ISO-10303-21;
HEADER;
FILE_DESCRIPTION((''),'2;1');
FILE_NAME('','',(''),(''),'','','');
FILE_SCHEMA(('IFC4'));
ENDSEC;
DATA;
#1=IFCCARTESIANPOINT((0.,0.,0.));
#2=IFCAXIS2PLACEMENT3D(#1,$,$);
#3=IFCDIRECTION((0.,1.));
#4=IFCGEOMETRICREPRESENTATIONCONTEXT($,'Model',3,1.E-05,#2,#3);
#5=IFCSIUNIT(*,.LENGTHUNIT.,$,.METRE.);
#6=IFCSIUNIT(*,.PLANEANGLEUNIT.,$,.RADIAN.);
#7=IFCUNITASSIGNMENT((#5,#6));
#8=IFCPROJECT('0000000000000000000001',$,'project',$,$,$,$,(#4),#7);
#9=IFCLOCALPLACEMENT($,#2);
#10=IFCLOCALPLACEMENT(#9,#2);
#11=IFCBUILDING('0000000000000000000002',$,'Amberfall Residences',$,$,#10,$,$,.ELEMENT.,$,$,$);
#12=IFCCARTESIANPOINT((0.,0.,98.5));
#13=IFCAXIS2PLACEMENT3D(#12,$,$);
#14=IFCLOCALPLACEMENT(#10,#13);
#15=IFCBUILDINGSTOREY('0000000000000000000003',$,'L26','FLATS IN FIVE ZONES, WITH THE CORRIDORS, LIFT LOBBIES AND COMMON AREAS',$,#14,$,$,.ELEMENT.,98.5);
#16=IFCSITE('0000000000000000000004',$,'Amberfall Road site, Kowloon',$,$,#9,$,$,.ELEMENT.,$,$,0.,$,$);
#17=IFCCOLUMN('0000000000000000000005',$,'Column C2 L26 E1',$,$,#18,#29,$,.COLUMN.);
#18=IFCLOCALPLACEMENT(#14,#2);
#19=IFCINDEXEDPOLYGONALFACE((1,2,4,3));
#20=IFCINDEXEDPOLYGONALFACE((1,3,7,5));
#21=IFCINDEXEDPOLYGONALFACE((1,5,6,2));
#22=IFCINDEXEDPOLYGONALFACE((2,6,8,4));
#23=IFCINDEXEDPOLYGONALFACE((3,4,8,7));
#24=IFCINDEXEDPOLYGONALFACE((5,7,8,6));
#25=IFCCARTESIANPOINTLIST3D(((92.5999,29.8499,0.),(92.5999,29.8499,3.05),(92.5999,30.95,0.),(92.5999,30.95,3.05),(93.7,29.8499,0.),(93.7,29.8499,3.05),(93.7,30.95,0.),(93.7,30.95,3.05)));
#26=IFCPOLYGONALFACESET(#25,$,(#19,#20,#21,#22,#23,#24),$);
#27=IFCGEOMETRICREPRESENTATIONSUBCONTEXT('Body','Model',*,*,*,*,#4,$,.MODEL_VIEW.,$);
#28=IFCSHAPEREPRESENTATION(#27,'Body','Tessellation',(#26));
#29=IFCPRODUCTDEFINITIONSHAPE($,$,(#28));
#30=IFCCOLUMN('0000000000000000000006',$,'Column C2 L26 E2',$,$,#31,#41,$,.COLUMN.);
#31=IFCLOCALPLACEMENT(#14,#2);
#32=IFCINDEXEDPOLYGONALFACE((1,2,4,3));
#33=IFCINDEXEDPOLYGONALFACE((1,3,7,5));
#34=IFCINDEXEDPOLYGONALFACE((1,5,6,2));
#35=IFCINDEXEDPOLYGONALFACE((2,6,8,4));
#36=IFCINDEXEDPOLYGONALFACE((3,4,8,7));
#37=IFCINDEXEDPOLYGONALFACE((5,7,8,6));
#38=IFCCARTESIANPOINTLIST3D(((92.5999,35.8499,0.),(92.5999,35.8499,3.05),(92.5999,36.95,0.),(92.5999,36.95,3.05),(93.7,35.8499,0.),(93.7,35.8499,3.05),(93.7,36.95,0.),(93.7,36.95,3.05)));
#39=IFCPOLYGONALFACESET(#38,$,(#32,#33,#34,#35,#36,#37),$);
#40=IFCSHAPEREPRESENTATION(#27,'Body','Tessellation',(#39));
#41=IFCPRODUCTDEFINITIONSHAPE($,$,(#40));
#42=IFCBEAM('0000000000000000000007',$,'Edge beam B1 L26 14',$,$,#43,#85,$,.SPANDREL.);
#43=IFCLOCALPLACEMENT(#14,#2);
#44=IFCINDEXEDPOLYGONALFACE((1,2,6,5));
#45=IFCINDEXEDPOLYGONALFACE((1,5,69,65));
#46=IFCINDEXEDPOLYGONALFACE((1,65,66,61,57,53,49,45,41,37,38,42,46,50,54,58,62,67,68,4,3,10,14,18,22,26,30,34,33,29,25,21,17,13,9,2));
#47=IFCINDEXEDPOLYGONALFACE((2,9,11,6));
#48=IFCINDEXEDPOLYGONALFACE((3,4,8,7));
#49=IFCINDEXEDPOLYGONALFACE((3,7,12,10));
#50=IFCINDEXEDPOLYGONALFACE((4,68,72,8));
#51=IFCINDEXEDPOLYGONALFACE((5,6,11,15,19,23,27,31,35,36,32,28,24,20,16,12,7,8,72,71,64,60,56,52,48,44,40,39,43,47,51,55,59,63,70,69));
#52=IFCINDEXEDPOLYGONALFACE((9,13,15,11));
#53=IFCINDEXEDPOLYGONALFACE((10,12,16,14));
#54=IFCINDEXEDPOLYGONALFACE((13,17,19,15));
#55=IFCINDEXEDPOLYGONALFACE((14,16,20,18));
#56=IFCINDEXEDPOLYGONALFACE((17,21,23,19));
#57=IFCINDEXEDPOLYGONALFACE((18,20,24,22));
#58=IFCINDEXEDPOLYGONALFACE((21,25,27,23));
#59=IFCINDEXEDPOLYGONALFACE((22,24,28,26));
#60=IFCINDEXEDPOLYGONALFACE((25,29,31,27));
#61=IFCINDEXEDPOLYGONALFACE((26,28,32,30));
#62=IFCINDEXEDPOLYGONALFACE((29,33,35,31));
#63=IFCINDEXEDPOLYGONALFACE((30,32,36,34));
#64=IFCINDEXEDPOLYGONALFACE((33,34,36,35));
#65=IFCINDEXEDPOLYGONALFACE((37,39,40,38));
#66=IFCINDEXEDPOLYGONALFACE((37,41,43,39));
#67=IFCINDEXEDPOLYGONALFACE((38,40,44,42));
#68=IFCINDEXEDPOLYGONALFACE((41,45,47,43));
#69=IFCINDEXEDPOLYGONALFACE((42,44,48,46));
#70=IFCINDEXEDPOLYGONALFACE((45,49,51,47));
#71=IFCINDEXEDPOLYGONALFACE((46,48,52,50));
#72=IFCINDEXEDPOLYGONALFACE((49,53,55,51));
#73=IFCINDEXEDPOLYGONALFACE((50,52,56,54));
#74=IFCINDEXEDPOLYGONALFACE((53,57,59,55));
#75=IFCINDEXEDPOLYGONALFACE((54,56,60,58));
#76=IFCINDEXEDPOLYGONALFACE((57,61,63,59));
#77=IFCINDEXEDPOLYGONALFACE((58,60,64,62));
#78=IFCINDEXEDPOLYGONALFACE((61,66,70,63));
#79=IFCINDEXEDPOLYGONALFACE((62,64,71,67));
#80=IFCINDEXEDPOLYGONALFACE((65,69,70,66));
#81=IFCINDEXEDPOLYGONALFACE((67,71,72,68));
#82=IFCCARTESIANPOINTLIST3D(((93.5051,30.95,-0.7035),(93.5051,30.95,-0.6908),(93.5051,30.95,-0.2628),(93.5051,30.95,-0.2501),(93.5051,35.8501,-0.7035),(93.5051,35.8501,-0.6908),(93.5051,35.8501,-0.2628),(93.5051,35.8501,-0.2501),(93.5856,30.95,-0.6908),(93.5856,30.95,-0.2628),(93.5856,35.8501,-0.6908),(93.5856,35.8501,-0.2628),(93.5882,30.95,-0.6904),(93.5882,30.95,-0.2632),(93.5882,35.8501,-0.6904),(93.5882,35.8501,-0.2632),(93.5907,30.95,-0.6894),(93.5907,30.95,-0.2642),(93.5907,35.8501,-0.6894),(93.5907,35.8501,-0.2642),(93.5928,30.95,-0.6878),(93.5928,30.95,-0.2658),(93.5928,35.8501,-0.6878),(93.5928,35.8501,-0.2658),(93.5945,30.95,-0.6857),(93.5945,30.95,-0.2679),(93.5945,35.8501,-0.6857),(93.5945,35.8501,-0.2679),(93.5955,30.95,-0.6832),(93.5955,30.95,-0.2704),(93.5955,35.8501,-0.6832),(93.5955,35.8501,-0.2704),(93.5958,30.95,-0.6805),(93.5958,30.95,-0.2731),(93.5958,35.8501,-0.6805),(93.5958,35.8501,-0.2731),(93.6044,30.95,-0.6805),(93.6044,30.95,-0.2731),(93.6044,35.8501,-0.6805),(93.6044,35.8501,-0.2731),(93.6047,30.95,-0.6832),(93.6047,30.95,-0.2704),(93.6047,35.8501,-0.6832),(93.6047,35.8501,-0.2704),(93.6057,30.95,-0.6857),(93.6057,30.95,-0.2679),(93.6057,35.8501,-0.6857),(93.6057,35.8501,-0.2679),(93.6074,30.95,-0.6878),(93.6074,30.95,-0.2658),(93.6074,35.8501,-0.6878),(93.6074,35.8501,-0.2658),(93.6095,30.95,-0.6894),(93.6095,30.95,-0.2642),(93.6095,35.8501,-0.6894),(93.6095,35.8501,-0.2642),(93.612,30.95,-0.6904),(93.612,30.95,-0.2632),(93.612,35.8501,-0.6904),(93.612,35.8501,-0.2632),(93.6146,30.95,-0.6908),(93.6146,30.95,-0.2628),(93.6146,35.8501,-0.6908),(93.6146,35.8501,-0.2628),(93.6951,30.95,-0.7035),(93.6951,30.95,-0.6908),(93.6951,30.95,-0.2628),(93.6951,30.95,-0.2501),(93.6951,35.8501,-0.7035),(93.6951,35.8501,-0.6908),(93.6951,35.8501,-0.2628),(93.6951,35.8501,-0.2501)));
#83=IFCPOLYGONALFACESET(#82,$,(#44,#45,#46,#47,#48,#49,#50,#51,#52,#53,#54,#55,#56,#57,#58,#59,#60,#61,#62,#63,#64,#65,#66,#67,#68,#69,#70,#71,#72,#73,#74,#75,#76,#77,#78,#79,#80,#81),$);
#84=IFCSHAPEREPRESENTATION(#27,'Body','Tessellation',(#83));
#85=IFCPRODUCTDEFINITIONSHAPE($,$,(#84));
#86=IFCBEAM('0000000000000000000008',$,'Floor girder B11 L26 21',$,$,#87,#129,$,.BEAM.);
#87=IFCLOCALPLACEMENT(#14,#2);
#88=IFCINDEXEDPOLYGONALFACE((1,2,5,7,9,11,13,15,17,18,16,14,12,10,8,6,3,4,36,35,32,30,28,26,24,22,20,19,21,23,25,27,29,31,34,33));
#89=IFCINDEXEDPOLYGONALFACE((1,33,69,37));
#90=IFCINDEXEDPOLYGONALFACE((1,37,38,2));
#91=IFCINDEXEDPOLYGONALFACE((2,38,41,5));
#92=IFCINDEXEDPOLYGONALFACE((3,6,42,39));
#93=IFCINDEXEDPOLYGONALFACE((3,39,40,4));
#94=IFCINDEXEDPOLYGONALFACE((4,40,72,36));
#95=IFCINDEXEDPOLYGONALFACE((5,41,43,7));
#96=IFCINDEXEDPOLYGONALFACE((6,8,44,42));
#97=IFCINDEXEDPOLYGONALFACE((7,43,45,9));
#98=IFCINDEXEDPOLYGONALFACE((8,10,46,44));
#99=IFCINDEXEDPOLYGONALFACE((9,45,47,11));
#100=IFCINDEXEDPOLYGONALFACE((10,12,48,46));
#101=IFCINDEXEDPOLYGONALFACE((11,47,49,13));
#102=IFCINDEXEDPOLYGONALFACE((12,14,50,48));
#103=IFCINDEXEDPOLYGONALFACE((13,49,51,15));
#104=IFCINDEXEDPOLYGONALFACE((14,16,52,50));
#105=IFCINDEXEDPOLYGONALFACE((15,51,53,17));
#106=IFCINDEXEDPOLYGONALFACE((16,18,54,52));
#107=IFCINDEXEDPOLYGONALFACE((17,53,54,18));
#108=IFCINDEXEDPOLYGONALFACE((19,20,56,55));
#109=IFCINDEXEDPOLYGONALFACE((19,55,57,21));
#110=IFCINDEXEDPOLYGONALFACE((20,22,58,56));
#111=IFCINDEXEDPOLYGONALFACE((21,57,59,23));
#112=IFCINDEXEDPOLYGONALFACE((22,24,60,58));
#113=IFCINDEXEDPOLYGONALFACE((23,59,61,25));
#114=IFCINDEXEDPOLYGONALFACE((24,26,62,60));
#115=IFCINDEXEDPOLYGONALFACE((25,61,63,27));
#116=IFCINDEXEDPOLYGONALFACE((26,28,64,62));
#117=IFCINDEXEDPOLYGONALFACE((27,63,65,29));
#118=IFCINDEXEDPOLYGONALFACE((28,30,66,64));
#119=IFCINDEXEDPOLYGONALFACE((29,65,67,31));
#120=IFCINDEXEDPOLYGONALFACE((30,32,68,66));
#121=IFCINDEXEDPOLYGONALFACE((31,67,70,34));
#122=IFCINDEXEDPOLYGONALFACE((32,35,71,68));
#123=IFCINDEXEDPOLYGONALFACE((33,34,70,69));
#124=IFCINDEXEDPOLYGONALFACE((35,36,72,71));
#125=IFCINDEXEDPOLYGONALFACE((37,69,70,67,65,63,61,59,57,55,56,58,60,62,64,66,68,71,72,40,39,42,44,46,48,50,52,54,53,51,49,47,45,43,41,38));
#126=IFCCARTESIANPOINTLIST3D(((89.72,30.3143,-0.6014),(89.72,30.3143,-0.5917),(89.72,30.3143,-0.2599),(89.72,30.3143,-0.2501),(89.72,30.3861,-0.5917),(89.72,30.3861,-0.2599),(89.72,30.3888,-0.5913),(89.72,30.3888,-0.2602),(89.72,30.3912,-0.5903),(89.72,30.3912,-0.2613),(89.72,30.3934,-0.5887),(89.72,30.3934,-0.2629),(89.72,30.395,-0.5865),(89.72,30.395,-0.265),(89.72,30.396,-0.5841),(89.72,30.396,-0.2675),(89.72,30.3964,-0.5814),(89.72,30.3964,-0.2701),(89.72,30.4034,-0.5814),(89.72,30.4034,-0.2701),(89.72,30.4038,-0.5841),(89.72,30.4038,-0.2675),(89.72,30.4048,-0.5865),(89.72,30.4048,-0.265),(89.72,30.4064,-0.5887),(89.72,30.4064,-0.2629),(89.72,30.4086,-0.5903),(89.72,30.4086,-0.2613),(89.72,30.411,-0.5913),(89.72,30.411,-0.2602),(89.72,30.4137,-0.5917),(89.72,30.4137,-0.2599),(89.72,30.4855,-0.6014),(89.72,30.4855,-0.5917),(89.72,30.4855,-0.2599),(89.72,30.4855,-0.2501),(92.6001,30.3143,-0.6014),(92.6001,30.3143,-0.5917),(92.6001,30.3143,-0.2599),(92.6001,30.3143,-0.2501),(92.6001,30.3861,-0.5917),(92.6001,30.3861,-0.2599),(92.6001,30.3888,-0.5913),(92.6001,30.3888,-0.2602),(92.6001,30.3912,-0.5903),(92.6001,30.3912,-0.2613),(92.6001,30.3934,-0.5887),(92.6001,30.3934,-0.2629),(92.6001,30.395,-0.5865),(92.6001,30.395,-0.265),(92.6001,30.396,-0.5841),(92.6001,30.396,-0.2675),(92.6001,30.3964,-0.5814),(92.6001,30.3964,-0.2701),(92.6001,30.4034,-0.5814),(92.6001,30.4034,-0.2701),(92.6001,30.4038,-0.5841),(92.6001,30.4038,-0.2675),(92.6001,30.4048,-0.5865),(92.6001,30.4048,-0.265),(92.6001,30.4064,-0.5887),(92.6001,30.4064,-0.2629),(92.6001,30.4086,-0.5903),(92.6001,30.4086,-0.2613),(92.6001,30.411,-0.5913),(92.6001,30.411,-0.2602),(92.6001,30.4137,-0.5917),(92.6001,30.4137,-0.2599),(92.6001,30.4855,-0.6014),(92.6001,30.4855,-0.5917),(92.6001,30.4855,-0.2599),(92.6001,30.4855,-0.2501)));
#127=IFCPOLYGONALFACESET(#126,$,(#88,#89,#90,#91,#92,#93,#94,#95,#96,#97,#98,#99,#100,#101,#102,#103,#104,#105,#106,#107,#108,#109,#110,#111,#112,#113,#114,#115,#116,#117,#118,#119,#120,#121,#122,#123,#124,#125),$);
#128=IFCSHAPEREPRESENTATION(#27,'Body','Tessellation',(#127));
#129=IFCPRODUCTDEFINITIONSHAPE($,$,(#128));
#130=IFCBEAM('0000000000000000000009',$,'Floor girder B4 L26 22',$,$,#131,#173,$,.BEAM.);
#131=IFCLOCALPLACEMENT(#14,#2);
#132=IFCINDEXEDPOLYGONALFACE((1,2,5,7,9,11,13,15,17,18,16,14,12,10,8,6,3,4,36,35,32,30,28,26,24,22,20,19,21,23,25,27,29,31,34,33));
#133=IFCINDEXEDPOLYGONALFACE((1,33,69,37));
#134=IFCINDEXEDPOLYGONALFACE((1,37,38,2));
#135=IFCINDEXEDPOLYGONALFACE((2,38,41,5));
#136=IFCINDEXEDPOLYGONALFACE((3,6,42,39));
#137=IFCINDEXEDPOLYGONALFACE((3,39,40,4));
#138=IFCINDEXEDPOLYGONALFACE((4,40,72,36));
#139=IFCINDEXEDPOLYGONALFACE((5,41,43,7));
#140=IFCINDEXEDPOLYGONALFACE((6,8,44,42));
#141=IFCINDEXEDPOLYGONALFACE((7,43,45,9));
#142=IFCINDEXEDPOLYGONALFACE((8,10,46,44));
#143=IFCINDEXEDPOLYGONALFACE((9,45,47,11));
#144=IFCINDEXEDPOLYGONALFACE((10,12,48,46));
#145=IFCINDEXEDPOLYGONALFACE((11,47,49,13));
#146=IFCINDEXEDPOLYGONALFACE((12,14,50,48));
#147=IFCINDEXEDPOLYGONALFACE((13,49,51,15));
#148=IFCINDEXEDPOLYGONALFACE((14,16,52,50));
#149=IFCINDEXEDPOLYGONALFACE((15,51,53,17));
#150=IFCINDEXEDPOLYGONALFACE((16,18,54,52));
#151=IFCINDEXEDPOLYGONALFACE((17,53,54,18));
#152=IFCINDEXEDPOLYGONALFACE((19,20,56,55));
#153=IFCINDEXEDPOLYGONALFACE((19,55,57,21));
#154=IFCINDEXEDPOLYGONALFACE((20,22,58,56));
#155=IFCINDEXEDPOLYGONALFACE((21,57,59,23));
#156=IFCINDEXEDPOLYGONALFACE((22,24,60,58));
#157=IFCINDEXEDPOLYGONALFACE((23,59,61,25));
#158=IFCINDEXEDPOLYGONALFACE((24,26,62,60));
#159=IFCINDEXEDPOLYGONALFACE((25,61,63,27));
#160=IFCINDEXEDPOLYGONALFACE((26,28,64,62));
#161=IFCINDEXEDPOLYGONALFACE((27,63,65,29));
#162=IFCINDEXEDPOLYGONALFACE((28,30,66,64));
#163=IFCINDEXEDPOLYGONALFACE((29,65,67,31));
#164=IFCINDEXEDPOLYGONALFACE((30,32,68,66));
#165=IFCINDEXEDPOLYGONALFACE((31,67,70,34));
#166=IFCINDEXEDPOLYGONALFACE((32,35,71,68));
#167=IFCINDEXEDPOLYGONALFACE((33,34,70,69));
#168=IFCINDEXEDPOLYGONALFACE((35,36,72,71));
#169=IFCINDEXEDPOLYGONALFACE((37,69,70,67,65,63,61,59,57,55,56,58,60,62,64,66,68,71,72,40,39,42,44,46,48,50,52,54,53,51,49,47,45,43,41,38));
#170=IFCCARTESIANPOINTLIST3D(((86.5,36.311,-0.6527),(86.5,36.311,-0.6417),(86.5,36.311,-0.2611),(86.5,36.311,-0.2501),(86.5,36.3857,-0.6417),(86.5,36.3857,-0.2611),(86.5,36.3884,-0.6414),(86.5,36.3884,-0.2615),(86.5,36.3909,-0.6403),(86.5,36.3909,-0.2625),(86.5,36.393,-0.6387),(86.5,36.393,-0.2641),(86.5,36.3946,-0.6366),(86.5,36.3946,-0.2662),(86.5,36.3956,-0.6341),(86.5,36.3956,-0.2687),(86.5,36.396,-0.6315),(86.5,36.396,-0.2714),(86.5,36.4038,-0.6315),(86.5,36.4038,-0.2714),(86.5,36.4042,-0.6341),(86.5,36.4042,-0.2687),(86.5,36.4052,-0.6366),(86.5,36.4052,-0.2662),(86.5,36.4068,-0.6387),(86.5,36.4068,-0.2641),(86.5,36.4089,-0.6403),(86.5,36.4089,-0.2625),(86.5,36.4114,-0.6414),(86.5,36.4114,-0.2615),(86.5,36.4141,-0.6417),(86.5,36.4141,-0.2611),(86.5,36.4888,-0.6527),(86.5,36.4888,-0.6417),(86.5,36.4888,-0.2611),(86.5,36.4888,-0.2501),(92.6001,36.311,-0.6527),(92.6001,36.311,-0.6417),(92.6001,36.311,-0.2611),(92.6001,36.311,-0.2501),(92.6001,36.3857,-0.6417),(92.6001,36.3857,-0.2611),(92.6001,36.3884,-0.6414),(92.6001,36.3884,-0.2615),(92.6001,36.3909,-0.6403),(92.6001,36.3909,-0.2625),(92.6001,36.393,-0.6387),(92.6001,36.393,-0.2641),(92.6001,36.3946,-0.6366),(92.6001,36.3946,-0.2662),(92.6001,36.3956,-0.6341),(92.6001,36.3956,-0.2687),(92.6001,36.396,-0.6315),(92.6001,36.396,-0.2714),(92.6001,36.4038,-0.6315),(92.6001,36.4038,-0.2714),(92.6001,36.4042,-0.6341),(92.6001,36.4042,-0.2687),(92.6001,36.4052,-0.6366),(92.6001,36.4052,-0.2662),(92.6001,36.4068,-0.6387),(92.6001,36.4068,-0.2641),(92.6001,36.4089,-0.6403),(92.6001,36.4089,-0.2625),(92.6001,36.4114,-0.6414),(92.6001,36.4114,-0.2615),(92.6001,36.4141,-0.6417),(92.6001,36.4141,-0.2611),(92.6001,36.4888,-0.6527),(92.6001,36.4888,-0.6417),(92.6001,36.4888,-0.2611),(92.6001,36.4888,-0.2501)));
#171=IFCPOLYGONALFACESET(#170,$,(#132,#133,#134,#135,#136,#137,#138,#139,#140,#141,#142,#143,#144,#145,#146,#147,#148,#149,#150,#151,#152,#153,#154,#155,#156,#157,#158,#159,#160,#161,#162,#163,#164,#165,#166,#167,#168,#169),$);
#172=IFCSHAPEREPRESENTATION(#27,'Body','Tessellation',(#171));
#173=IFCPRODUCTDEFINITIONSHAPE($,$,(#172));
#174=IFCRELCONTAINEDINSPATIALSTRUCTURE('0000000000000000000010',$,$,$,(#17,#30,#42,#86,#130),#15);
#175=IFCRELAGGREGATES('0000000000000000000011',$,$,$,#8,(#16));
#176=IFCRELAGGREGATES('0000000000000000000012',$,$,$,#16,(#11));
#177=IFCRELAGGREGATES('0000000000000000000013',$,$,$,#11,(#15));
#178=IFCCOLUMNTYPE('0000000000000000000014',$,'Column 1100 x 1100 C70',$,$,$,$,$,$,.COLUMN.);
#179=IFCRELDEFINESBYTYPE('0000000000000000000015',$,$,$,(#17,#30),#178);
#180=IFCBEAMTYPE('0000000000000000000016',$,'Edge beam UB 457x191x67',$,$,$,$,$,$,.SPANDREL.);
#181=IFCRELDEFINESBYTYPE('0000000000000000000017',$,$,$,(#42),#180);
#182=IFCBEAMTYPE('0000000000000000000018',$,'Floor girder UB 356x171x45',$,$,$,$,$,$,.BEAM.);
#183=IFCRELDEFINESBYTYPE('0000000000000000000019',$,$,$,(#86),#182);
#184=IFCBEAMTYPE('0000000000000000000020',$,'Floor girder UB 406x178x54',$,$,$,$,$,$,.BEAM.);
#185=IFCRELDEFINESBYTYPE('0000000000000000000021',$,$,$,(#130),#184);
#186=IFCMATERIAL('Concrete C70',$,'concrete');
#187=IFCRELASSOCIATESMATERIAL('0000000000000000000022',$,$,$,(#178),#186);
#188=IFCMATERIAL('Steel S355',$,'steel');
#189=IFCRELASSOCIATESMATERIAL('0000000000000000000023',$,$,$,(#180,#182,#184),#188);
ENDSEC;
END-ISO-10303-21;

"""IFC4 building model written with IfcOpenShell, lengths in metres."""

from ifc_helpers import new_model, si_unit, direction, frame, origin, origin_2d, place, context, subcontext, project, spatial, rectangle, i_section, extrude, material, material_profile, profile_set, type_object, element, save


model = new_model("IFC4")

# Units and contexts
model_context = context("Model", 3, precision=1e-05, world=origin(), true_north=direction((0.0, 1.0)))
body_context = subcontext(model_context, "Body", "Model", "MODEL_VIEW")
ifc_project = project(units=[si_unit("LENGTHUNIT", "METRE"), si_unit("PLANEANGLEUNIT", "RADIAN")], contexts=[model_context])

# Site, building, storey
site_placement = place(None, origin())
site = spatial("IfcSite", under=ifc_project, at=site_placement, Name="Amberfall Road site, Kowloon", CompositionType="ELEMENT", RefElevation=0.0)
building_placement = place(site_placement, origin())
building = spatial("IfcBuilding", under=site, at=building_placement, Name="Amberfall Residences", CompositionType="ELEMENT")
storey_placement = place(building_placement, frame((0.0, 0.0, 98.5)))
storey = spatial("IfcBuildingStorey", under=building, at=storey_placement, Name="L26", Description="FLATS IN FIVE ZONES, WITH THE CORRIDORS, LIFT LOBBIES AND COMMON AREAS", CompositionType="ELEMENT", Elevation=98.5)

# Columns
ifc_material_1 = material(Name="Concrete C70", Category="concrete")
ifc_material_profile_1 = material_profile(ifc_material_1, rectangle(XDim=1.1001, YDim=1.1001, at=origin_2d()), Name="Column 1100 x 1100 C70")
ifc_profile_set_1 = profile_set([ifc_material_profile_1], Name="Concrete C70")
column_type = type_object("IfcColumnType", Name="Column 1100 x 1100 C70", PredefinedType="COLUMN", material=ifc_profile_set_1)
for number, where, z_axis, x_axis, name in (
    (1, (93.1499, 30.3999, 0.0), (0.0, 0.0, 1.0), (1.0, 0.0, 0.0), "Column C2 L26 E1"),
    (2, (93.1499, 36.3999, 0.0), (0.0, 0.0, 1.0), (1.0, 0.0, 0.0), "Column C2 L26 E2"),
):
    element("IfcColumn", number, at=place(storey_placement, frame(where, z_axis=z_axis, x_axis=x_axis)), inside=storey, type_object=column_type, Name=name, PredefinedType="COLUMN", context=body_context, shape_type="SweptSolid", body=[
        extrude(rectangle(XDim=1.1001, YDim=1.1001, at=origin_2d()), origin(), (0.0, 0.0, 1.0), 3.05),
    ])

# Beams
ifc_material_2 = material(Name="Steel S355", Category="steel")
ifc_material_profile_2 = material_profile(ifc_material_2, i_section(OverallWidth=0.1899, OverallDepth=0.4534, WebThickness=0.0085, FlangeThickness=0.0127, FilletRadius=0.0103, at=origin_2d()), Name="UB 457x191x67")
ifc_profile_set_2 = profile_set([ifc_material_profile_2], Name="Steel S355")
beam_type_1 = type_object("IfcBeamType", Name="Edge beam UB 457x191x67", PredefinedType="SPANDREL", material=ifc_profile_set_2)
beam_1_placement = place(storey_placement, frame((93.6001, 30.95, -0.4768), z_axis=(0.0, 1.0, 0.0), x_axis=(-1.0, 0.0, 0.0)))
element("IfcBeam", 3, at=beam_1_placement, inside=storey, type_object=beam_type_1, Name="Edge beam B1 L26 14", PredefinedType="SPANDREL", context=body_context, shape_type="SweptSolid", body=[
    extrude(i_section(OverallWidth=0.1899, OverallDepth=0.4534, WebThickness=0.0085, FlangeThickness=0.0127, FilletRadius=0.0103, at=origin_2d()), origin(), (0.0, 0.0, 1.0), 4.9001),
])
ifc_material_profile_3 = material_profile(ifc_material_2, i_section(OverallWidth=0.1711, OverallDepth=0.3513, WebThickness=0.0071, FlangeThickness=0.0098, FilletRadius=0.0103, at=origin_2d()), Name="UB 356x171x45")
ifc_profile_set_3 = profile_set([ifc_material_profile_3], Name="Steel S355")
beam_type_2 = type_object("IfcBeamType", Name="Floor girder UB 356x171x45", PredefinedType="BEAM", material=ifc_profile_set_3)
beam_2_placement = place(storey_placement, frame((92.6001, 30.3999, -0.4258), z_axis=(-1.0, 0.0, 0.0), x_axis=(0.0, -1.0, 0.0)))
element("IfcBeam", 4, at=beam_2_placement, inside=storey, type_object=beam_type_2, Name="Floor girder B11 L26 21", PredefinedType="BEAM", context=body_context, shape_type="SweptSolid", body=[
    extrude(i_section(OverallWidth=0.1711, OverallDepth=0.3513, WebThickness=0.0071, FlangeThickness=0.0098, FilletRadius=0.0103, at=origin_2d()), origin(), (0.0, 0.0, 1.0), 2.8801),
])
ifc_material_profile_4 = material_profile(ifc_material_2, i_section(OverallWidth=0.1777, OverallDepth=0.4026, WebThickness=0.0078, FlangeThickness=0.011, FilletRadius=0.0103, at=origin_2d()), Name="UB 406x178x54")
ifc_profile_set_4 = profile_set([ifc_material_profile_4], Name="Steel S355")
beam_type_3 = type_object("IfcBeamType", Name="Floor girder UB 406x178x54", PredefinedType="BEAM", material=ifc_profile_set_4)
beam_3_placement = place(storey_placement, frame((92.6001, 36.3999, -0.4514), z_axis=(-1.0, 0.0, 0.0), x_axis=(0.0, -1.0, 0.0)))
element("IfcBeam", 5, at=beam_3_placement, inside=storey, type_object=beam_type_3, Name="Floor girder B4 L26 22", PredefinedType="BEAM", context=body_context, shape_type="SweptSolid", body=[
    extrude(i_section(OverallWidth=0.1777, OverallDepth=0.4026, WebThickness=0.0078, FlangeThickness=0.011, FilletRadius=0.0103, at=origin_2d()), origin(), (0.0, 0.0, 1.0), 6.1001),
])

save(model, "model.ifc")
